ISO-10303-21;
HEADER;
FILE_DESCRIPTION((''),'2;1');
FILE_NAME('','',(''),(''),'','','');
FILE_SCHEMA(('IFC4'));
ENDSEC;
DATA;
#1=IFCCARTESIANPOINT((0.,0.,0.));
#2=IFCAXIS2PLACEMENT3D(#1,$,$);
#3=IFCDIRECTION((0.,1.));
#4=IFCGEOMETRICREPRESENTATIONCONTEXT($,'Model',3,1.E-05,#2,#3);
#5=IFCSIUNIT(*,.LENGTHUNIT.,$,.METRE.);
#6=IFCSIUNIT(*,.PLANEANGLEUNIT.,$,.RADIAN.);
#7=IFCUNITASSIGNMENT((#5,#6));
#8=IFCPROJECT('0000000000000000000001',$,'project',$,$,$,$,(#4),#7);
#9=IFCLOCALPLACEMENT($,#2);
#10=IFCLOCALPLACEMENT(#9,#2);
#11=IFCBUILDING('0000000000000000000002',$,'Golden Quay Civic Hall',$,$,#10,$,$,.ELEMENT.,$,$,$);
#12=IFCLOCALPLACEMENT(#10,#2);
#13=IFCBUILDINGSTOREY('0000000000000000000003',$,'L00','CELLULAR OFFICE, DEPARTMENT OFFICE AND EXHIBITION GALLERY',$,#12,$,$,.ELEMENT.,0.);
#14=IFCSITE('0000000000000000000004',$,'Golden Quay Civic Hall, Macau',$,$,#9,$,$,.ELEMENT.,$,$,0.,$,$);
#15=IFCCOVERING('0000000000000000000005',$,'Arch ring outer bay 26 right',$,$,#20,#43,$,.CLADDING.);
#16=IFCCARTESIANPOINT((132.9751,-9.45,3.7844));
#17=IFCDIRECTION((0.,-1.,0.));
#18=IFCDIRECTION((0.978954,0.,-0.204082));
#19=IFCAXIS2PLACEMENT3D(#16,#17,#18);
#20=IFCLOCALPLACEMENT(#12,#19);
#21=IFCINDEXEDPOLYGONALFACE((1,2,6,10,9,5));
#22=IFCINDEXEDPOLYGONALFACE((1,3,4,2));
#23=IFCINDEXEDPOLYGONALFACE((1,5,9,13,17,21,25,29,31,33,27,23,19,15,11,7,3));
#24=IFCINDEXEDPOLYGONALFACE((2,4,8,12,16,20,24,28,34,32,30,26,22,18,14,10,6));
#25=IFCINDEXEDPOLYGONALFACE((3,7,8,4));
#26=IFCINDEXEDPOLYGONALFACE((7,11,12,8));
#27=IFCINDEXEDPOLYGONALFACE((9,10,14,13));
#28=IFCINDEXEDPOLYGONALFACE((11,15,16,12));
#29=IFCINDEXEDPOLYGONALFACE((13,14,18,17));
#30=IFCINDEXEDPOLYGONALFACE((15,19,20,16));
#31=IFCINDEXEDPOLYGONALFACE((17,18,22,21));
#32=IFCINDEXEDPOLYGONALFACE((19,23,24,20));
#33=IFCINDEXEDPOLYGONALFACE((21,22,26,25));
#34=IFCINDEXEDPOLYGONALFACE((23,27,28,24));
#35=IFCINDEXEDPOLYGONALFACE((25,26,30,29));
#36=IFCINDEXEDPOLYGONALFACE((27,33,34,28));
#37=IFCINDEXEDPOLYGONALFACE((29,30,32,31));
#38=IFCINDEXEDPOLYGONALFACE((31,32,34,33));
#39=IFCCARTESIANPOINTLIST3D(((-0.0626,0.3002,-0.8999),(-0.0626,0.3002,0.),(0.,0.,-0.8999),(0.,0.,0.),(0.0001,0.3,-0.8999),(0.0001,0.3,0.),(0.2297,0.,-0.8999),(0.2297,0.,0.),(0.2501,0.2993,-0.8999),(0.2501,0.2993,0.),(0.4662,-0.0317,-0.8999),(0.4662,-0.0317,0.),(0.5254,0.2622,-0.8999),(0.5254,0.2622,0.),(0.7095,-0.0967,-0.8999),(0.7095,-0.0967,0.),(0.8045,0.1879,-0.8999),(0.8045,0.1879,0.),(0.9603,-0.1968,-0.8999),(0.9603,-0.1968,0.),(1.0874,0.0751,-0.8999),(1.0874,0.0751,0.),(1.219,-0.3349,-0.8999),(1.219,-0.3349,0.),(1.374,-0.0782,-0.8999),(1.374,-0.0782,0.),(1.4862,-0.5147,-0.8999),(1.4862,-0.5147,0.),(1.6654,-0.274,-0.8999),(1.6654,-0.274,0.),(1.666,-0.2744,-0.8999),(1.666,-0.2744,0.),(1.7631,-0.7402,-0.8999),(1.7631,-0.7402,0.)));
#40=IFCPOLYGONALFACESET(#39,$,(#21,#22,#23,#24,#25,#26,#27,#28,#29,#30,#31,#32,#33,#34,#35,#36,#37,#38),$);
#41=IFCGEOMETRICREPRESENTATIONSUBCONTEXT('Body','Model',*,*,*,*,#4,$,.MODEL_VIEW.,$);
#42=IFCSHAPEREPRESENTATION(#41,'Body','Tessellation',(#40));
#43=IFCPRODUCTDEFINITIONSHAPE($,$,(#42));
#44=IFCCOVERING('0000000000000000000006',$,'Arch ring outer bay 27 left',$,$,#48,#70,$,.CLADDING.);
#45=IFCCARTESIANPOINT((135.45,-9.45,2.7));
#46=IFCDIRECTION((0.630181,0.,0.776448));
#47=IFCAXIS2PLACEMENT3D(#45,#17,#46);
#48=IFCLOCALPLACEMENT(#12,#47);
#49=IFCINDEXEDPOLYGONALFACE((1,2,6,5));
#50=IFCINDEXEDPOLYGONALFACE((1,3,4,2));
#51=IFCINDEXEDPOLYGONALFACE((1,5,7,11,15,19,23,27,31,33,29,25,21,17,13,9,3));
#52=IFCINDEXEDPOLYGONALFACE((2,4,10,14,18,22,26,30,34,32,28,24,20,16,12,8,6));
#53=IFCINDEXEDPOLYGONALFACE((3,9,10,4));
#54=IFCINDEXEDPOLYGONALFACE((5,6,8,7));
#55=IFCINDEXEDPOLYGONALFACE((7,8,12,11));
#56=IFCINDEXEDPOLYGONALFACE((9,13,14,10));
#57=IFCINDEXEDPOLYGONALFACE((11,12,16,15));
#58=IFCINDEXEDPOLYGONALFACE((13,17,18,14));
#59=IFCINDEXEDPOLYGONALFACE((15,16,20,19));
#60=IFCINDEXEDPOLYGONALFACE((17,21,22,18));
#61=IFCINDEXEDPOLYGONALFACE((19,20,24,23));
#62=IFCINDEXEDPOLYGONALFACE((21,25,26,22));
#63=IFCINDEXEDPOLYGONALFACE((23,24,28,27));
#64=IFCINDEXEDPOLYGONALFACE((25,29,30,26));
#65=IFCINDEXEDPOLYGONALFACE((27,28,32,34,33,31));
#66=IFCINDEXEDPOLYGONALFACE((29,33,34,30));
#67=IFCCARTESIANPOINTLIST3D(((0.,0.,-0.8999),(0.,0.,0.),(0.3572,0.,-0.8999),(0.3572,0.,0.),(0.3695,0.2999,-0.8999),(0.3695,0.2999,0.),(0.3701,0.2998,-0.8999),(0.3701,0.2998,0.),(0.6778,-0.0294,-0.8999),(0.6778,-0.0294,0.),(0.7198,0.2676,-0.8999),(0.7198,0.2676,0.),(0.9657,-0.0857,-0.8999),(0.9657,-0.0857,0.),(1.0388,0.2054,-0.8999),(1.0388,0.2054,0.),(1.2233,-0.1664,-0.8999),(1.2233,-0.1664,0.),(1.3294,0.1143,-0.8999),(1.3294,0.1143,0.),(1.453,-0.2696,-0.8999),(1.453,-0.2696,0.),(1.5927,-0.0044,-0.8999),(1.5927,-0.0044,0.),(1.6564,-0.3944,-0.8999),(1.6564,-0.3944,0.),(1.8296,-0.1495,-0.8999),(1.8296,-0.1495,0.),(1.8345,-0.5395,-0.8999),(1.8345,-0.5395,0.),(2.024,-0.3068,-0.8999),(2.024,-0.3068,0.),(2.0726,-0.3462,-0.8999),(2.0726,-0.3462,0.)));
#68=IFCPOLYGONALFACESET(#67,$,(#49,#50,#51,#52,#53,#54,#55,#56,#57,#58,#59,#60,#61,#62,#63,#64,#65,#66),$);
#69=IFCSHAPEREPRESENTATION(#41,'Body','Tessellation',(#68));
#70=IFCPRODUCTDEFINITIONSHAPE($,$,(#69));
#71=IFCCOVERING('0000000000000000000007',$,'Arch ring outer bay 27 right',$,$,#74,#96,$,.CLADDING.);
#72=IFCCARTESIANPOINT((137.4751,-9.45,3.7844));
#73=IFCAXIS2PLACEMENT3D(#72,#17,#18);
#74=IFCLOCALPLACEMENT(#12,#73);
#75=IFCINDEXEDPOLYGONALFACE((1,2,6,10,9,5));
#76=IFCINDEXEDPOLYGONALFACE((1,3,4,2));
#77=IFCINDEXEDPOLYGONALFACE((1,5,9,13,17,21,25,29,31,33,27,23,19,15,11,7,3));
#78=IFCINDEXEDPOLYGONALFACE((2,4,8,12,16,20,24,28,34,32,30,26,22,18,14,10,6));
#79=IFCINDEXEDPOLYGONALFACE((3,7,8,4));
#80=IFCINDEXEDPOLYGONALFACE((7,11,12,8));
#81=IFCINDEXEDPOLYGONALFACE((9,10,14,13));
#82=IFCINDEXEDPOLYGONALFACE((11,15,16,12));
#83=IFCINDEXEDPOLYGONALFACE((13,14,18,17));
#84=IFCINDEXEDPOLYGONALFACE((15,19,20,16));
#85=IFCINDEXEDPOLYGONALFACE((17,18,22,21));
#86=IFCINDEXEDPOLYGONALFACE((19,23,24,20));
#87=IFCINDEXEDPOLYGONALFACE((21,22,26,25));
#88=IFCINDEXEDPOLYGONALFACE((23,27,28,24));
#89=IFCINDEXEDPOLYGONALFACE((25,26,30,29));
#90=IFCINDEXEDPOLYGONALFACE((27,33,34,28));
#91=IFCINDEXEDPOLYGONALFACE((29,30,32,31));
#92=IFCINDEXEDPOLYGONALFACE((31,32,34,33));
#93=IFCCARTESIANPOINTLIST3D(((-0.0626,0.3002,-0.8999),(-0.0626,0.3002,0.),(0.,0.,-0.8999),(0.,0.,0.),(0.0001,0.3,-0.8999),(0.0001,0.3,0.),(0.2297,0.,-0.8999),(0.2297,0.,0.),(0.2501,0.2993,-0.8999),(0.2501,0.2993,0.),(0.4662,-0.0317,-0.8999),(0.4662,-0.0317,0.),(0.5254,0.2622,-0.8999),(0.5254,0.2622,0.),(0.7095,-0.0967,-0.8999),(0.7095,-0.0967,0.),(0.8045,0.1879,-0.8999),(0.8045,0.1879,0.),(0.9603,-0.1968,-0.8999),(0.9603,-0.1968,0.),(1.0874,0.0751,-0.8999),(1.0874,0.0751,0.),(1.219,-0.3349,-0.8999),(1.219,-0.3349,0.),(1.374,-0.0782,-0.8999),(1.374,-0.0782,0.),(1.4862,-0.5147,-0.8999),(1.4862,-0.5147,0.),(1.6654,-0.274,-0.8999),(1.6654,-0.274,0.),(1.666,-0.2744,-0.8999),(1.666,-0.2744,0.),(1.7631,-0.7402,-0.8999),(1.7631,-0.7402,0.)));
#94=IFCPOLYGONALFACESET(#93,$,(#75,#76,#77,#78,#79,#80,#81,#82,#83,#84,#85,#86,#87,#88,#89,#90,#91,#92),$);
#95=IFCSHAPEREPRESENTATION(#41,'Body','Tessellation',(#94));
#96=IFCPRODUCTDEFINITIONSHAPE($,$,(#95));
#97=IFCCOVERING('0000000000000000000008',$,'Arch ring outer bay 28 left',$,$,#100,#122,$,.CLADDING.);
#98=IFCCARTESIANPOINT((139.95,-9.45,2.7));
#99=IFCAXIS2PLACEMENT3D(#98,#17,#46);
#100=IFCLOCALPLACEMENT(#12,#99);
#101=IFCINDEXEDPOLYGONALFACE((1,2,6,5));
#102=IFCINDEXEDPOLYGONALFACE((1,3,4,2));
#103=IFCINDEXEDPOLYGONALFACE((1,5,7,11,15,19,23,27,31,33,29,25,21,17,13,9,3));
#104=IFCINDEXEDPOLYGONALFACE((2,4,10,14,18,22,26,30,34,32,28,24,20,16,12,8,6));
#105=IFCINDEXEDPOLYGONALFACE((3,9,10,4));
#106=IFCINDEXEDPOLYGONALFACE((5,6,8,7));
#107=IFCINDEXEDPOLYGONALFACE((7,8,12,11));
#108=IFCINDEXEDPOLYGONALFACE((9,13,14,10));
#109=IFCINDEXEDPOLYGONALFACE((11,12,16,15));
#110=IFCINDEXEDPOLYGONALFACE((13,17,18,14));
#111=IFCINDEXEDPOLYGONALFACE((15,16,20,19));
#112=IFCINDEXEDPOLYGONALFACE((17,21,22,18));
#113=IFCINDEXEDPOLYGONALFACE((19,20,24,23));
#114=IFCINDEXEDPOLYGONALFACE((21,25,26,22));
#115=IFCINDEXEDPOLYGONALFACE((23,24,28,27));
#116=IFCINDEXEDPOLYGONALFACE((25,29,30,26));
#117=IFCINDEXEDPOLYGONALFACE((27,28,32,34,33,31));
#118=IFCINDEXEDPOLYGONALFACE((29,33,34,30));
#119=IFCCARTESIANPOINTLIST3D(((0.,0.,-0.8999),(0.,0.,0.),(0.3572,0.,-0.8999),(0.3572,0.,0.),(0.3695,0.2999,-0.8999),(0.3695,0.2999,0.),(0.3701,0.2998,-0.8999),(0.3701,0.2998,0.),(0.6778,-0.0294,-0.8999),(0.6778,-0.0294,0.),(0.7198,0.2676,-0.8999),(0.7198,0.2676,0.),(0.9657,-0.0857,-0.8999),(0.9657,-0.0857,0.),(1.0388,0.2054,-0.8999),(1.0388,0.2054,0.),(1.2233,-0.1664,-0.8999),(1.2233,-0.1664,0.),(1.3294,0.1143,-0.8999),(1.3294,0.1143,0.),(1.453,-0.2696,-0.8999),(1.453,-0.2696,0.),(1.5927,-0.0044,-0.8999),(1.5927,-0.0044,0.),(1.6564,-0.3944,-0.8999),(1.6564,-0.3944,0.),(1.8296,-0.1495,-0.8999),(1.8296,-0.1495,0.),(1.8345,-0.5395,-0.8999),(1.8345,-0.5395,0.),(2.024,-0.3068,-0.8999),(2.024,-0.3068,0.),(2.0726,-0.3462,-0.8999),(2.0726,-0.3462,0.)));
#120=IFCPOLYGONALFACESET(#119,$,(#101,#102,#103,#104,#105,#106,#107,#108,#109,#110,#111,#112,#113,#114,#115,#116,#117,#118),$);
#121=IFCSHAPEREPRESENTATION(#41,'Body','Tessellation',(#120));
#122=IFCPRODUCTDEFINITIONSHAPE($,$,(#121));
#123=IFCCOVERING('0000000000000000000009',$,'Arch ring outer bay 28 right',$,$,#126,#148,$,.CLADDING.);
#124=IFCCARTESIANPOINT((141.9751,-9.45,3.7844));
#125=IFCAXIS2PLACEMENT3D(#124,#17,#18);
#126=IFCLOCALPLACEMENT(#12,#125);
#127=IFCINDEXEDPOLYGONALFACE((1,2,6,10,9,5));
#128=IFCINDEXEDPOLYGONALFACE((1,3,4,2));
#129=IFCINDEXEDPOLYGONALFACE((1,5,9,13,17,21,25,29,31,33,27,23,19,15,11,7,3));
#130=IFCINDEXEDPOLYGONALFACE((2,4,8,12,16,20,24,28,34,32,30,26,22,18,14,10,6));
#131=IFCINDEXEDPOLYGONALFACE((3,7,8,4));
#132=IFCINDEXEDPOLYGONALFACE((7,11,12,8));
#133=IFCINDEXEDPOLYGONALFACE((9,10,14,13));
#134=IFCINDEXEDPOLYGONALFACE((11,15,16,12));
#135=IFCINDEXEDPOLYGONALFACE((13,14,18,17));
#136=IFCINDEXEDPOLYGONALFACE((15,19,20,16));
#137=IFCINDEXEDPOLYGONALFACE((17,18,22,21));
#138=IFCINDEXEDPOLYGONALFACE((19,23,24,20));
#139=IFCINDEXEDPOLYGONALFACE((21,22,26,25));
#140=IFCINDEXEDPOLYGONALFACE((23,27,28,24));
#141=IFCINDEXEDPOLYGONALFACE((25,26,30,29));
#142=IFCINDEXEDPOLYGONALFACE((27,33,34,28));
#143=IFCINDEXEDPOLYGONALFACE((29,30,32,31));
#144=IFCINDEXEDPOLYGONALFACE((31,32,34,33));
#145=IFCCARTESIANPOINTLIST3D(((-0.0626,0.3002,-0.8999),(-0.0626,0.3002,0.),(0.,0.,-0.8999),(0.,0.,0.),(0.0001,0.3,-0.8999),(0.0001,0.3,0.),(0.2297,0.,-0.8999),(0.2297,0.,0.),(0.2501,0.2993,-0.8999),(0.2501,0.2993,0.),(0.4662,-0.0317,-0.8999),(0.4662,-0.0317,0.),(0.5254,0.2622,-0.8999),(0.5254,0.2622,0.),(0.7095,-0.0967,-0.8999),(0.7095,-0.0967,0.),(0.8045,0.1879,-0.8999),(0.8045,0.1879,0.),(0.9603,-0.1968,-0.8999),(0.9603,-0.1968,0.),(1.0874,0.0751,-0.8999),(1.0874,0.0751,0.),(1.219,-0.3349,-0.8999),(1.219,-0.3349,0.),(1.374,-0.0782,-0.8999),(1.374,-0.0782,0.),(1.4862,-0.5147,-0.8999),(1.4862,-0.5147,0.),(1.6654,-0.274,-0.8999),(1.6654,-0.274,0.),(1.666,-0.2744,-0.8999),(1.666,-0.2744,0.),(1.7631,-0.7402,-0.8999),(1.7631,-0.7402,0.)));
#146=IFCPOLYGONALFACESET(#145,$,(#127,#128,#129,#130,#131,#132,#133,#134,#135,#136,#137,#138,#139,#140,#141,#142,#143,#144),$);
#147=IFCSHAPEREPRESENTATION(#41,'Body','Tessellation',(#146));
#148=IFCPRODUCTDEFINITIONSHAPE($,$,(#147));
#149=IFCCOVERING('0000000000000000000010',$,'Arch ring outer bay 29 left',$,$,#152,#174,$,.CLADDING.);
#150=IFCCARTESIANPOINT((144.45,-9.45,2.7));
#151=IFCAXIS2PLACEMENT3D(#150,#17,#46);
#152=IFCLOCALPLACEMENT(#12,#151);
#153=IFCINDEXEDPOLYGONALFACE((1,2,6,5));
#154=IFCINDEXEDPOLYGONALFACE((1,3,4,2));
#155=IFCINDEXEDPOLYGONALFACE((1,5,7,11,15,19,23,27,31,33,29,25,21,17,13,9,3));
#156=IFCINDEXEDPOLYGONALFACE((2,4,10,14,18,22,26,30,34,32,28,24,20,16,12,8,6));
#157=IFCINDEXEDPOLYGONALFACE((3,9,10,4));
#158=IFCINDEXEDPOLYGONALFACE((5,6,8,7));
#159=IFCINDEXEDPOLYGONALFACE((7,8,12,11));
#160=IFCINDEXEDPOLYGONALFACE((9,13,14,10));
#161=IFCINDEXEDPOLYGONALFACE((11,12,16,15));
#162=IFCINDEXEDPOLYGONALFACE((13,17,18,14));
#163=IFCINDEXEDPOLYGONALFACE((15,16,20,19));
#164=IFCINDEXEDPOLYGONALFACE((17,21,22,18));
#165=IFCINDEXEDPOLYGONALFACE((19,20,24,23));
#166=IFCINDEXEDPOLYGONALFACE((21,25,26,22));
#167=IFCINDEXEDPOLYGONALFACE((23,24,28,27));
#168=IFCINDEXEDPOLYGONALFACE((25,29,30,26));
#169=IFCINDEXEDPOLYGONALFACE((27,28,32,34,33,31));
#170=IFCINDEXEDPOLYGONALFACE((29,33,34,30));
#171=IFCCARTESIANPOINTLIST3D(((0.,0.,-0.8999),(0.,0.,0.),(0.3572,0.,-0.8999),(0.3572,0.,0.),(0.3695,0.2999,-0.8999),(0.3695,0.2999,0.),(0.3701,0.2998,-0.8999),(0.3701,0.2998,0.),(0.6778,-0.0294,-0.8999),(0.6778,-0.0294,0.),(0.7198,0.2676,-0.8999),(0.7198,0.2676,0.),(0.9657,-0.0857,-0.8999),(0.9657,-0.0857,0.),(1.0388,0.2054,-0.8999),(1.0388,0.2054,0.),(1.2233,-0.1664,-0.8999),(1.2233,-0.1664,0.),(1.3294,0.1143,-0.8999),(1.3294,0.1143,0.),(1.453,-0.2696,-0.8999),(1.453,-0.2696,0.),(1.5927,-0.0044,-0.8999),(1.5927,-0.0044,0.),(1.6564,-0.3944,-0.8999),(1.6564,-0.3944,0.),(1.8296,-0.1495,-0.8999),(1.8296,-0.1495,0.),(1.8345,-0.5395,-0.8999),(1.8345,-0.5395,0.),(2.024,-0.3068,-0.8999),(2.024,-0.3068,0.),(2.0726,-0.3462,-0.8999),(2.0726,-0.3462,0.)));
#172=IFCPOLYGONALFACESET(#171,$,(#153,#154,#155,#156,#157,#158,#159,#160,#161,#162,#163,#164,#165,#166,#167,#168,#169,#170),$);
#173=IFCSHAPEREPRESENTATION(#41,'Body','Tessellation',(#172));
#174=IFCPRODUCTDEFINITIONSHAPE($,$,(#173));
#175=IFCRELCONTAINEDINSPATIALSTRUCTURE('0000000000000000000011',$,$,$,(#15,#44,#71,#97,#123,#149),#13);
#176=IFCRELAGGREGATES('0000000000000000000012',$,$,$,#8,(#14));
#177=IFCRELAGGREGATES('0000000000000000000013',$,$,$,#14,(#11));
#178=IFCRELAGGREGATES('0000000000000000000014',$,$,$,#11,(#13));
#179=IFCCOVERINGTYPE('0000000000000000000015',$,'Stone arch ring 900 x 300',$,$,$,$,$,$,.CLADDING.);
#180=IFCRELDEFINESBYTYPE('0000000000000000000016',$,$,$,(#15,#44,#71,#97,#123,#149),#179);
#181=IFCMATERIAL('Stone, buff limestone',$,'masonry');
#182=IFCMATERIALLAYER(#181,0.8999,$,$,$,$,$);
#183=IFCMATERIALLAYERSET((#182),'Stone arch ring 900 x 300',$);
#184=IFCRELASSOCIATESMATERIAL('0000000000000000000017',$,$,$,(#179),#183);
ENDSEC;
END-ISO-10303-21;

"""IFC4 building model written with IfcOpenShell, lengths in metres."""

from ifc_helpers import new_model, si_unit, direction, frame, origin, place, context, subcontext, project, spatial, polyline, outline, extrude, material, layer, layer_set, type_object, element, save


model = new_model("IFC4")

# Units and contexts
model_context = context("Model", 3, precision=1e-05, world=origin(), true_north=direction((0.0, 1.0)))
body_context = subcontext(model_context, "Body", "Model", "MODEL_VIEW")
ifc_project = project(units=[si_unit("LENGTHUNIT", "METRE"), si_unit("PLANEANGLEUNIT", "RADIAN")], contexts=[model_context])

# Site, building, storey
site_placement = place(None, origin())
site = spatial("IfcSite", under=ifc_project, at=site_placement, Name="Golden Quay Civic Hall, Macau", CompositionType="ELEMENT", RefElevation=0.0)
building_placement = place(site_placement, origin())
building = spatial("IfcBuilding", under=site, at=building_placement, Name="Golden Quay Civic Hall", CompositionType="ELEMENT")
storey_placement = place(building_placement, origin())
storey = spatial("IfcBuildingStorey", under=building, at=storey_placement, Name="L00", Description="CELLULAR OFFICE, DEPARTMENT OFFICE AND EXHIBITION GALLERY", CompositionType="ELEMENT", Elevation=0.0)

# Coverings
ifc_material_1 = material(Name="Stone, buff limestone", Category="masonry")
ifc_layer_1 = layer(ifc_material_1, 0.8999)
ifc_layer_set_1 = layer_set([ifc_layer_1], Name="Stone arch ring 900 x 300")
covering_type_1 = type_object("IfcCoveringType", Name="Stone arch ring 900 x 300", PredefinedType="CLADDING", material=ifc_layer_set_1)
covering_1_placement = place(storey_placement, frame((132.9751, -9.45, 3.7844), z_axis=(0.0, -1.0, 0.0), x_axis=(0.978954, 0.0, -0.204082)))
element("IfcCovering", 1, at=covering_1_placement, inside=storey, type_object=covering_type_1, Name="Arch ring outer bay 26 right", PredefinedType="CLADDING", context=body_context, shape_type="SweptSolid", body=[
    extrude(outline(polyline([(0.0, 0.0), (0.2297, 0.0), (0.4662, -0.0317), (0.7095, -0.0967), (0.9603, -0.1968), (1.219, -0.3349), (1.4862, -0.5147), (1.7631, -0.7402), (1.666, -0.2744), (1.6654, -0.274), (1.374, -0.0782), (1.0874, 0.0751), (0.8045, 0.1879), (0.5254, 0.2622), (0.2501, 0.2993), (0.0001, 0.3), (-0.0626, 0.3002), (0.0, 0.0)])), origin(), (0.0, 0.0, -1.0), 0.8999),
])
covering_2_placement = place(storey_placement, frame((135.45, -9.45, 2.7), z_axis=(0.0, -1.0, 0.0), x_axis=(0.630181, 0.0, 0.776448)))
element("IfcCovering", 2, at=covering_2_placement, inside=storey, type_object=covering_type_1, Name="Arch ring outer bay 27 left", PredefinedType="CLADDING", context=body_context, shape_type="SweptSolid", body=[
    extrude(outline(polyline([(0.0, 0.0), (0.3572, 0.0), (0.6778, -0.0294), (0.9657, -0.0857), (1.2233, -0.1664), (1.453, -0.2696), (1.6564, -0.3944), (1.8345, -0.5395), (2.0726, -0.3462), (2.024, -0.3068), (1.8296, -0.1495), (1.5927, -0.0044), (1.3294, 0.1143), (1.0388, 0.2054), (0.7198, 0.2676), (0.3701, 0.2998), (0.3695, 0.2999), (0.0, 0.0)])), origin(), (0.0, 0.0, -1.0), 0.8999),
])
covering_3_placement = place(storey_placement, frame((137.4751, -9.45, 3.7844), z_axis=(0.0, -1.0, 0.0), x_axis=(0.978954, 0.0, -0.204082)))
element("IfcCovering", 3, at=covering_3_placement, inside=storey, type_object=covering_type_1, Name="Arch ring outer bay 27 right", PredefinedType="CLADDING", context=body_context, shape_type="SweptSolid", body=[
    extrude(outline(polyline([(0.0, 0.0), (0.2297, 0.0), (0.4662, -0.0317), (0.7095, -0.0967), (0.9603, -0.1968), (1.219, -0.3349), (1.4862, -0.5147), (1.7631, -0.7402), (1.666, -0.2744), (1.6654, -0.274), (1.374, -0.0782), (1.0874, 0.0751), (0.8045, 0.1879), (0.5254, 0.2622), (0.2501, 0.2993), (0.0001, 0.3), (-0.0626, 0.3002), (0.0, 0.0)])), origin(), (0.0, 0.0, -1.0), 0.8999),
])
covering_4_placement = place(storey_placement, frame((139.95, -9.45, 2.7), z_axis=(0.0, -1.0, 0.0), x_axis=(0.630181, 0.0, 0.776448)))
element("IfcCovering", 4, at=covering_4_placement, inside=storey, type_object=covering_type_1, Name="Arch ring outer bay 28 left", PredefinedType="CLADDING", context=body_context, shape_type="SweptSolid", body=[
    extrude(outline(polyline([(0.0, 0.0), (0.3572, 0.0), (0.6778, -0.0294), (0.9657, -0.0857), (1.2233, -0.1664), (1.453, -0.2696), (1.6564, -0.3944), (1.8345, -0.5395), (2.0726, -0.3462), (2.024, -0.3068), (1.8296, -0.1495), (1.5927, -0.0044), (1.3294, 0.1143), (1.0388, 0.2054), (0.7198, 0.2676), (0.3701, 0.2998), (0.3695, 0.2999), (0.0, 0.0)])), origin(), (0.0, 0.0, -1.0), 0.8999),
])
covering_5_placement = place(storey_placement, frame((141.9751, -9.45, 3.7844), z_axis=(0.0, -1.0, 0.0), x_axis=(0.978954, 0.0, -0.204082)))
element("IfcCovering", 5, at=covering_5_placement, inside=storey, type_object=covering_type_1, Name="Arch ring outer bay 28 right", PredefinedType="CLADDING", context=body_context, shape_type="SweptSolid", body=[
    extrude(outline(polyline([(0.0, 0.0), (0.2297, 0.0), (0.4662, -0.0317), (0.7095, -0.0967), (0.9603, -0.1968), (1.219, -0.3349), (1.4862, -0.5147), (1.7631, -0.7402), (1.666, -0.2744), (1.6654, -0.274), (1.374, -0.0782), (1.0874, 0.0751), (0.8045, 0.1879), (0.5254, 0.2622), (0.2501, 0.2993), (0.0001, 0.3), (-0.0626, 0.3002), (0.0, 0.0)])), origin(), (0.0, 0.0, -1.0), 0.8999),
])
covering_6_placement = place(storey_placement, frame((144.45, -9.45, 2.7), z_axis=(0.0, -1.0, 0.0), x_axis=(0.630181, 0.0, 0.776448)))
element("IfcCovering", 6, at=covering_6_placement, inside=storey, type_object=covering_type_1, Name="Arch ring outer bay 29 left", PredefinedType="CLADDING", context=body_context, shape_type="SweptSolid", body=[
    extrude(outline(polyline([(0.0, 0.0), (0.3572, 0.0), (0.6778, -0.0294), (0.9657, -0.0857), (1.2233, -0.1664), (1.453, -0.2696), (1.6564, -0.3944), (1.8345, -0.5395), (2.0726, -0.3462), (2.024, -0.3068), (1.8296, -0.1495), (1.5927, -0.0044), (1.3294, 0.1143), (1.0388, 0.2054), (0.7198, 0.2676), (0.3701, 0.2998), (0.3695, 0.2999), (0.0, 0.0)])), origin(), (0.0, 0.0, -1.0), 0.8999),
])

save(model, "model.ifc")
